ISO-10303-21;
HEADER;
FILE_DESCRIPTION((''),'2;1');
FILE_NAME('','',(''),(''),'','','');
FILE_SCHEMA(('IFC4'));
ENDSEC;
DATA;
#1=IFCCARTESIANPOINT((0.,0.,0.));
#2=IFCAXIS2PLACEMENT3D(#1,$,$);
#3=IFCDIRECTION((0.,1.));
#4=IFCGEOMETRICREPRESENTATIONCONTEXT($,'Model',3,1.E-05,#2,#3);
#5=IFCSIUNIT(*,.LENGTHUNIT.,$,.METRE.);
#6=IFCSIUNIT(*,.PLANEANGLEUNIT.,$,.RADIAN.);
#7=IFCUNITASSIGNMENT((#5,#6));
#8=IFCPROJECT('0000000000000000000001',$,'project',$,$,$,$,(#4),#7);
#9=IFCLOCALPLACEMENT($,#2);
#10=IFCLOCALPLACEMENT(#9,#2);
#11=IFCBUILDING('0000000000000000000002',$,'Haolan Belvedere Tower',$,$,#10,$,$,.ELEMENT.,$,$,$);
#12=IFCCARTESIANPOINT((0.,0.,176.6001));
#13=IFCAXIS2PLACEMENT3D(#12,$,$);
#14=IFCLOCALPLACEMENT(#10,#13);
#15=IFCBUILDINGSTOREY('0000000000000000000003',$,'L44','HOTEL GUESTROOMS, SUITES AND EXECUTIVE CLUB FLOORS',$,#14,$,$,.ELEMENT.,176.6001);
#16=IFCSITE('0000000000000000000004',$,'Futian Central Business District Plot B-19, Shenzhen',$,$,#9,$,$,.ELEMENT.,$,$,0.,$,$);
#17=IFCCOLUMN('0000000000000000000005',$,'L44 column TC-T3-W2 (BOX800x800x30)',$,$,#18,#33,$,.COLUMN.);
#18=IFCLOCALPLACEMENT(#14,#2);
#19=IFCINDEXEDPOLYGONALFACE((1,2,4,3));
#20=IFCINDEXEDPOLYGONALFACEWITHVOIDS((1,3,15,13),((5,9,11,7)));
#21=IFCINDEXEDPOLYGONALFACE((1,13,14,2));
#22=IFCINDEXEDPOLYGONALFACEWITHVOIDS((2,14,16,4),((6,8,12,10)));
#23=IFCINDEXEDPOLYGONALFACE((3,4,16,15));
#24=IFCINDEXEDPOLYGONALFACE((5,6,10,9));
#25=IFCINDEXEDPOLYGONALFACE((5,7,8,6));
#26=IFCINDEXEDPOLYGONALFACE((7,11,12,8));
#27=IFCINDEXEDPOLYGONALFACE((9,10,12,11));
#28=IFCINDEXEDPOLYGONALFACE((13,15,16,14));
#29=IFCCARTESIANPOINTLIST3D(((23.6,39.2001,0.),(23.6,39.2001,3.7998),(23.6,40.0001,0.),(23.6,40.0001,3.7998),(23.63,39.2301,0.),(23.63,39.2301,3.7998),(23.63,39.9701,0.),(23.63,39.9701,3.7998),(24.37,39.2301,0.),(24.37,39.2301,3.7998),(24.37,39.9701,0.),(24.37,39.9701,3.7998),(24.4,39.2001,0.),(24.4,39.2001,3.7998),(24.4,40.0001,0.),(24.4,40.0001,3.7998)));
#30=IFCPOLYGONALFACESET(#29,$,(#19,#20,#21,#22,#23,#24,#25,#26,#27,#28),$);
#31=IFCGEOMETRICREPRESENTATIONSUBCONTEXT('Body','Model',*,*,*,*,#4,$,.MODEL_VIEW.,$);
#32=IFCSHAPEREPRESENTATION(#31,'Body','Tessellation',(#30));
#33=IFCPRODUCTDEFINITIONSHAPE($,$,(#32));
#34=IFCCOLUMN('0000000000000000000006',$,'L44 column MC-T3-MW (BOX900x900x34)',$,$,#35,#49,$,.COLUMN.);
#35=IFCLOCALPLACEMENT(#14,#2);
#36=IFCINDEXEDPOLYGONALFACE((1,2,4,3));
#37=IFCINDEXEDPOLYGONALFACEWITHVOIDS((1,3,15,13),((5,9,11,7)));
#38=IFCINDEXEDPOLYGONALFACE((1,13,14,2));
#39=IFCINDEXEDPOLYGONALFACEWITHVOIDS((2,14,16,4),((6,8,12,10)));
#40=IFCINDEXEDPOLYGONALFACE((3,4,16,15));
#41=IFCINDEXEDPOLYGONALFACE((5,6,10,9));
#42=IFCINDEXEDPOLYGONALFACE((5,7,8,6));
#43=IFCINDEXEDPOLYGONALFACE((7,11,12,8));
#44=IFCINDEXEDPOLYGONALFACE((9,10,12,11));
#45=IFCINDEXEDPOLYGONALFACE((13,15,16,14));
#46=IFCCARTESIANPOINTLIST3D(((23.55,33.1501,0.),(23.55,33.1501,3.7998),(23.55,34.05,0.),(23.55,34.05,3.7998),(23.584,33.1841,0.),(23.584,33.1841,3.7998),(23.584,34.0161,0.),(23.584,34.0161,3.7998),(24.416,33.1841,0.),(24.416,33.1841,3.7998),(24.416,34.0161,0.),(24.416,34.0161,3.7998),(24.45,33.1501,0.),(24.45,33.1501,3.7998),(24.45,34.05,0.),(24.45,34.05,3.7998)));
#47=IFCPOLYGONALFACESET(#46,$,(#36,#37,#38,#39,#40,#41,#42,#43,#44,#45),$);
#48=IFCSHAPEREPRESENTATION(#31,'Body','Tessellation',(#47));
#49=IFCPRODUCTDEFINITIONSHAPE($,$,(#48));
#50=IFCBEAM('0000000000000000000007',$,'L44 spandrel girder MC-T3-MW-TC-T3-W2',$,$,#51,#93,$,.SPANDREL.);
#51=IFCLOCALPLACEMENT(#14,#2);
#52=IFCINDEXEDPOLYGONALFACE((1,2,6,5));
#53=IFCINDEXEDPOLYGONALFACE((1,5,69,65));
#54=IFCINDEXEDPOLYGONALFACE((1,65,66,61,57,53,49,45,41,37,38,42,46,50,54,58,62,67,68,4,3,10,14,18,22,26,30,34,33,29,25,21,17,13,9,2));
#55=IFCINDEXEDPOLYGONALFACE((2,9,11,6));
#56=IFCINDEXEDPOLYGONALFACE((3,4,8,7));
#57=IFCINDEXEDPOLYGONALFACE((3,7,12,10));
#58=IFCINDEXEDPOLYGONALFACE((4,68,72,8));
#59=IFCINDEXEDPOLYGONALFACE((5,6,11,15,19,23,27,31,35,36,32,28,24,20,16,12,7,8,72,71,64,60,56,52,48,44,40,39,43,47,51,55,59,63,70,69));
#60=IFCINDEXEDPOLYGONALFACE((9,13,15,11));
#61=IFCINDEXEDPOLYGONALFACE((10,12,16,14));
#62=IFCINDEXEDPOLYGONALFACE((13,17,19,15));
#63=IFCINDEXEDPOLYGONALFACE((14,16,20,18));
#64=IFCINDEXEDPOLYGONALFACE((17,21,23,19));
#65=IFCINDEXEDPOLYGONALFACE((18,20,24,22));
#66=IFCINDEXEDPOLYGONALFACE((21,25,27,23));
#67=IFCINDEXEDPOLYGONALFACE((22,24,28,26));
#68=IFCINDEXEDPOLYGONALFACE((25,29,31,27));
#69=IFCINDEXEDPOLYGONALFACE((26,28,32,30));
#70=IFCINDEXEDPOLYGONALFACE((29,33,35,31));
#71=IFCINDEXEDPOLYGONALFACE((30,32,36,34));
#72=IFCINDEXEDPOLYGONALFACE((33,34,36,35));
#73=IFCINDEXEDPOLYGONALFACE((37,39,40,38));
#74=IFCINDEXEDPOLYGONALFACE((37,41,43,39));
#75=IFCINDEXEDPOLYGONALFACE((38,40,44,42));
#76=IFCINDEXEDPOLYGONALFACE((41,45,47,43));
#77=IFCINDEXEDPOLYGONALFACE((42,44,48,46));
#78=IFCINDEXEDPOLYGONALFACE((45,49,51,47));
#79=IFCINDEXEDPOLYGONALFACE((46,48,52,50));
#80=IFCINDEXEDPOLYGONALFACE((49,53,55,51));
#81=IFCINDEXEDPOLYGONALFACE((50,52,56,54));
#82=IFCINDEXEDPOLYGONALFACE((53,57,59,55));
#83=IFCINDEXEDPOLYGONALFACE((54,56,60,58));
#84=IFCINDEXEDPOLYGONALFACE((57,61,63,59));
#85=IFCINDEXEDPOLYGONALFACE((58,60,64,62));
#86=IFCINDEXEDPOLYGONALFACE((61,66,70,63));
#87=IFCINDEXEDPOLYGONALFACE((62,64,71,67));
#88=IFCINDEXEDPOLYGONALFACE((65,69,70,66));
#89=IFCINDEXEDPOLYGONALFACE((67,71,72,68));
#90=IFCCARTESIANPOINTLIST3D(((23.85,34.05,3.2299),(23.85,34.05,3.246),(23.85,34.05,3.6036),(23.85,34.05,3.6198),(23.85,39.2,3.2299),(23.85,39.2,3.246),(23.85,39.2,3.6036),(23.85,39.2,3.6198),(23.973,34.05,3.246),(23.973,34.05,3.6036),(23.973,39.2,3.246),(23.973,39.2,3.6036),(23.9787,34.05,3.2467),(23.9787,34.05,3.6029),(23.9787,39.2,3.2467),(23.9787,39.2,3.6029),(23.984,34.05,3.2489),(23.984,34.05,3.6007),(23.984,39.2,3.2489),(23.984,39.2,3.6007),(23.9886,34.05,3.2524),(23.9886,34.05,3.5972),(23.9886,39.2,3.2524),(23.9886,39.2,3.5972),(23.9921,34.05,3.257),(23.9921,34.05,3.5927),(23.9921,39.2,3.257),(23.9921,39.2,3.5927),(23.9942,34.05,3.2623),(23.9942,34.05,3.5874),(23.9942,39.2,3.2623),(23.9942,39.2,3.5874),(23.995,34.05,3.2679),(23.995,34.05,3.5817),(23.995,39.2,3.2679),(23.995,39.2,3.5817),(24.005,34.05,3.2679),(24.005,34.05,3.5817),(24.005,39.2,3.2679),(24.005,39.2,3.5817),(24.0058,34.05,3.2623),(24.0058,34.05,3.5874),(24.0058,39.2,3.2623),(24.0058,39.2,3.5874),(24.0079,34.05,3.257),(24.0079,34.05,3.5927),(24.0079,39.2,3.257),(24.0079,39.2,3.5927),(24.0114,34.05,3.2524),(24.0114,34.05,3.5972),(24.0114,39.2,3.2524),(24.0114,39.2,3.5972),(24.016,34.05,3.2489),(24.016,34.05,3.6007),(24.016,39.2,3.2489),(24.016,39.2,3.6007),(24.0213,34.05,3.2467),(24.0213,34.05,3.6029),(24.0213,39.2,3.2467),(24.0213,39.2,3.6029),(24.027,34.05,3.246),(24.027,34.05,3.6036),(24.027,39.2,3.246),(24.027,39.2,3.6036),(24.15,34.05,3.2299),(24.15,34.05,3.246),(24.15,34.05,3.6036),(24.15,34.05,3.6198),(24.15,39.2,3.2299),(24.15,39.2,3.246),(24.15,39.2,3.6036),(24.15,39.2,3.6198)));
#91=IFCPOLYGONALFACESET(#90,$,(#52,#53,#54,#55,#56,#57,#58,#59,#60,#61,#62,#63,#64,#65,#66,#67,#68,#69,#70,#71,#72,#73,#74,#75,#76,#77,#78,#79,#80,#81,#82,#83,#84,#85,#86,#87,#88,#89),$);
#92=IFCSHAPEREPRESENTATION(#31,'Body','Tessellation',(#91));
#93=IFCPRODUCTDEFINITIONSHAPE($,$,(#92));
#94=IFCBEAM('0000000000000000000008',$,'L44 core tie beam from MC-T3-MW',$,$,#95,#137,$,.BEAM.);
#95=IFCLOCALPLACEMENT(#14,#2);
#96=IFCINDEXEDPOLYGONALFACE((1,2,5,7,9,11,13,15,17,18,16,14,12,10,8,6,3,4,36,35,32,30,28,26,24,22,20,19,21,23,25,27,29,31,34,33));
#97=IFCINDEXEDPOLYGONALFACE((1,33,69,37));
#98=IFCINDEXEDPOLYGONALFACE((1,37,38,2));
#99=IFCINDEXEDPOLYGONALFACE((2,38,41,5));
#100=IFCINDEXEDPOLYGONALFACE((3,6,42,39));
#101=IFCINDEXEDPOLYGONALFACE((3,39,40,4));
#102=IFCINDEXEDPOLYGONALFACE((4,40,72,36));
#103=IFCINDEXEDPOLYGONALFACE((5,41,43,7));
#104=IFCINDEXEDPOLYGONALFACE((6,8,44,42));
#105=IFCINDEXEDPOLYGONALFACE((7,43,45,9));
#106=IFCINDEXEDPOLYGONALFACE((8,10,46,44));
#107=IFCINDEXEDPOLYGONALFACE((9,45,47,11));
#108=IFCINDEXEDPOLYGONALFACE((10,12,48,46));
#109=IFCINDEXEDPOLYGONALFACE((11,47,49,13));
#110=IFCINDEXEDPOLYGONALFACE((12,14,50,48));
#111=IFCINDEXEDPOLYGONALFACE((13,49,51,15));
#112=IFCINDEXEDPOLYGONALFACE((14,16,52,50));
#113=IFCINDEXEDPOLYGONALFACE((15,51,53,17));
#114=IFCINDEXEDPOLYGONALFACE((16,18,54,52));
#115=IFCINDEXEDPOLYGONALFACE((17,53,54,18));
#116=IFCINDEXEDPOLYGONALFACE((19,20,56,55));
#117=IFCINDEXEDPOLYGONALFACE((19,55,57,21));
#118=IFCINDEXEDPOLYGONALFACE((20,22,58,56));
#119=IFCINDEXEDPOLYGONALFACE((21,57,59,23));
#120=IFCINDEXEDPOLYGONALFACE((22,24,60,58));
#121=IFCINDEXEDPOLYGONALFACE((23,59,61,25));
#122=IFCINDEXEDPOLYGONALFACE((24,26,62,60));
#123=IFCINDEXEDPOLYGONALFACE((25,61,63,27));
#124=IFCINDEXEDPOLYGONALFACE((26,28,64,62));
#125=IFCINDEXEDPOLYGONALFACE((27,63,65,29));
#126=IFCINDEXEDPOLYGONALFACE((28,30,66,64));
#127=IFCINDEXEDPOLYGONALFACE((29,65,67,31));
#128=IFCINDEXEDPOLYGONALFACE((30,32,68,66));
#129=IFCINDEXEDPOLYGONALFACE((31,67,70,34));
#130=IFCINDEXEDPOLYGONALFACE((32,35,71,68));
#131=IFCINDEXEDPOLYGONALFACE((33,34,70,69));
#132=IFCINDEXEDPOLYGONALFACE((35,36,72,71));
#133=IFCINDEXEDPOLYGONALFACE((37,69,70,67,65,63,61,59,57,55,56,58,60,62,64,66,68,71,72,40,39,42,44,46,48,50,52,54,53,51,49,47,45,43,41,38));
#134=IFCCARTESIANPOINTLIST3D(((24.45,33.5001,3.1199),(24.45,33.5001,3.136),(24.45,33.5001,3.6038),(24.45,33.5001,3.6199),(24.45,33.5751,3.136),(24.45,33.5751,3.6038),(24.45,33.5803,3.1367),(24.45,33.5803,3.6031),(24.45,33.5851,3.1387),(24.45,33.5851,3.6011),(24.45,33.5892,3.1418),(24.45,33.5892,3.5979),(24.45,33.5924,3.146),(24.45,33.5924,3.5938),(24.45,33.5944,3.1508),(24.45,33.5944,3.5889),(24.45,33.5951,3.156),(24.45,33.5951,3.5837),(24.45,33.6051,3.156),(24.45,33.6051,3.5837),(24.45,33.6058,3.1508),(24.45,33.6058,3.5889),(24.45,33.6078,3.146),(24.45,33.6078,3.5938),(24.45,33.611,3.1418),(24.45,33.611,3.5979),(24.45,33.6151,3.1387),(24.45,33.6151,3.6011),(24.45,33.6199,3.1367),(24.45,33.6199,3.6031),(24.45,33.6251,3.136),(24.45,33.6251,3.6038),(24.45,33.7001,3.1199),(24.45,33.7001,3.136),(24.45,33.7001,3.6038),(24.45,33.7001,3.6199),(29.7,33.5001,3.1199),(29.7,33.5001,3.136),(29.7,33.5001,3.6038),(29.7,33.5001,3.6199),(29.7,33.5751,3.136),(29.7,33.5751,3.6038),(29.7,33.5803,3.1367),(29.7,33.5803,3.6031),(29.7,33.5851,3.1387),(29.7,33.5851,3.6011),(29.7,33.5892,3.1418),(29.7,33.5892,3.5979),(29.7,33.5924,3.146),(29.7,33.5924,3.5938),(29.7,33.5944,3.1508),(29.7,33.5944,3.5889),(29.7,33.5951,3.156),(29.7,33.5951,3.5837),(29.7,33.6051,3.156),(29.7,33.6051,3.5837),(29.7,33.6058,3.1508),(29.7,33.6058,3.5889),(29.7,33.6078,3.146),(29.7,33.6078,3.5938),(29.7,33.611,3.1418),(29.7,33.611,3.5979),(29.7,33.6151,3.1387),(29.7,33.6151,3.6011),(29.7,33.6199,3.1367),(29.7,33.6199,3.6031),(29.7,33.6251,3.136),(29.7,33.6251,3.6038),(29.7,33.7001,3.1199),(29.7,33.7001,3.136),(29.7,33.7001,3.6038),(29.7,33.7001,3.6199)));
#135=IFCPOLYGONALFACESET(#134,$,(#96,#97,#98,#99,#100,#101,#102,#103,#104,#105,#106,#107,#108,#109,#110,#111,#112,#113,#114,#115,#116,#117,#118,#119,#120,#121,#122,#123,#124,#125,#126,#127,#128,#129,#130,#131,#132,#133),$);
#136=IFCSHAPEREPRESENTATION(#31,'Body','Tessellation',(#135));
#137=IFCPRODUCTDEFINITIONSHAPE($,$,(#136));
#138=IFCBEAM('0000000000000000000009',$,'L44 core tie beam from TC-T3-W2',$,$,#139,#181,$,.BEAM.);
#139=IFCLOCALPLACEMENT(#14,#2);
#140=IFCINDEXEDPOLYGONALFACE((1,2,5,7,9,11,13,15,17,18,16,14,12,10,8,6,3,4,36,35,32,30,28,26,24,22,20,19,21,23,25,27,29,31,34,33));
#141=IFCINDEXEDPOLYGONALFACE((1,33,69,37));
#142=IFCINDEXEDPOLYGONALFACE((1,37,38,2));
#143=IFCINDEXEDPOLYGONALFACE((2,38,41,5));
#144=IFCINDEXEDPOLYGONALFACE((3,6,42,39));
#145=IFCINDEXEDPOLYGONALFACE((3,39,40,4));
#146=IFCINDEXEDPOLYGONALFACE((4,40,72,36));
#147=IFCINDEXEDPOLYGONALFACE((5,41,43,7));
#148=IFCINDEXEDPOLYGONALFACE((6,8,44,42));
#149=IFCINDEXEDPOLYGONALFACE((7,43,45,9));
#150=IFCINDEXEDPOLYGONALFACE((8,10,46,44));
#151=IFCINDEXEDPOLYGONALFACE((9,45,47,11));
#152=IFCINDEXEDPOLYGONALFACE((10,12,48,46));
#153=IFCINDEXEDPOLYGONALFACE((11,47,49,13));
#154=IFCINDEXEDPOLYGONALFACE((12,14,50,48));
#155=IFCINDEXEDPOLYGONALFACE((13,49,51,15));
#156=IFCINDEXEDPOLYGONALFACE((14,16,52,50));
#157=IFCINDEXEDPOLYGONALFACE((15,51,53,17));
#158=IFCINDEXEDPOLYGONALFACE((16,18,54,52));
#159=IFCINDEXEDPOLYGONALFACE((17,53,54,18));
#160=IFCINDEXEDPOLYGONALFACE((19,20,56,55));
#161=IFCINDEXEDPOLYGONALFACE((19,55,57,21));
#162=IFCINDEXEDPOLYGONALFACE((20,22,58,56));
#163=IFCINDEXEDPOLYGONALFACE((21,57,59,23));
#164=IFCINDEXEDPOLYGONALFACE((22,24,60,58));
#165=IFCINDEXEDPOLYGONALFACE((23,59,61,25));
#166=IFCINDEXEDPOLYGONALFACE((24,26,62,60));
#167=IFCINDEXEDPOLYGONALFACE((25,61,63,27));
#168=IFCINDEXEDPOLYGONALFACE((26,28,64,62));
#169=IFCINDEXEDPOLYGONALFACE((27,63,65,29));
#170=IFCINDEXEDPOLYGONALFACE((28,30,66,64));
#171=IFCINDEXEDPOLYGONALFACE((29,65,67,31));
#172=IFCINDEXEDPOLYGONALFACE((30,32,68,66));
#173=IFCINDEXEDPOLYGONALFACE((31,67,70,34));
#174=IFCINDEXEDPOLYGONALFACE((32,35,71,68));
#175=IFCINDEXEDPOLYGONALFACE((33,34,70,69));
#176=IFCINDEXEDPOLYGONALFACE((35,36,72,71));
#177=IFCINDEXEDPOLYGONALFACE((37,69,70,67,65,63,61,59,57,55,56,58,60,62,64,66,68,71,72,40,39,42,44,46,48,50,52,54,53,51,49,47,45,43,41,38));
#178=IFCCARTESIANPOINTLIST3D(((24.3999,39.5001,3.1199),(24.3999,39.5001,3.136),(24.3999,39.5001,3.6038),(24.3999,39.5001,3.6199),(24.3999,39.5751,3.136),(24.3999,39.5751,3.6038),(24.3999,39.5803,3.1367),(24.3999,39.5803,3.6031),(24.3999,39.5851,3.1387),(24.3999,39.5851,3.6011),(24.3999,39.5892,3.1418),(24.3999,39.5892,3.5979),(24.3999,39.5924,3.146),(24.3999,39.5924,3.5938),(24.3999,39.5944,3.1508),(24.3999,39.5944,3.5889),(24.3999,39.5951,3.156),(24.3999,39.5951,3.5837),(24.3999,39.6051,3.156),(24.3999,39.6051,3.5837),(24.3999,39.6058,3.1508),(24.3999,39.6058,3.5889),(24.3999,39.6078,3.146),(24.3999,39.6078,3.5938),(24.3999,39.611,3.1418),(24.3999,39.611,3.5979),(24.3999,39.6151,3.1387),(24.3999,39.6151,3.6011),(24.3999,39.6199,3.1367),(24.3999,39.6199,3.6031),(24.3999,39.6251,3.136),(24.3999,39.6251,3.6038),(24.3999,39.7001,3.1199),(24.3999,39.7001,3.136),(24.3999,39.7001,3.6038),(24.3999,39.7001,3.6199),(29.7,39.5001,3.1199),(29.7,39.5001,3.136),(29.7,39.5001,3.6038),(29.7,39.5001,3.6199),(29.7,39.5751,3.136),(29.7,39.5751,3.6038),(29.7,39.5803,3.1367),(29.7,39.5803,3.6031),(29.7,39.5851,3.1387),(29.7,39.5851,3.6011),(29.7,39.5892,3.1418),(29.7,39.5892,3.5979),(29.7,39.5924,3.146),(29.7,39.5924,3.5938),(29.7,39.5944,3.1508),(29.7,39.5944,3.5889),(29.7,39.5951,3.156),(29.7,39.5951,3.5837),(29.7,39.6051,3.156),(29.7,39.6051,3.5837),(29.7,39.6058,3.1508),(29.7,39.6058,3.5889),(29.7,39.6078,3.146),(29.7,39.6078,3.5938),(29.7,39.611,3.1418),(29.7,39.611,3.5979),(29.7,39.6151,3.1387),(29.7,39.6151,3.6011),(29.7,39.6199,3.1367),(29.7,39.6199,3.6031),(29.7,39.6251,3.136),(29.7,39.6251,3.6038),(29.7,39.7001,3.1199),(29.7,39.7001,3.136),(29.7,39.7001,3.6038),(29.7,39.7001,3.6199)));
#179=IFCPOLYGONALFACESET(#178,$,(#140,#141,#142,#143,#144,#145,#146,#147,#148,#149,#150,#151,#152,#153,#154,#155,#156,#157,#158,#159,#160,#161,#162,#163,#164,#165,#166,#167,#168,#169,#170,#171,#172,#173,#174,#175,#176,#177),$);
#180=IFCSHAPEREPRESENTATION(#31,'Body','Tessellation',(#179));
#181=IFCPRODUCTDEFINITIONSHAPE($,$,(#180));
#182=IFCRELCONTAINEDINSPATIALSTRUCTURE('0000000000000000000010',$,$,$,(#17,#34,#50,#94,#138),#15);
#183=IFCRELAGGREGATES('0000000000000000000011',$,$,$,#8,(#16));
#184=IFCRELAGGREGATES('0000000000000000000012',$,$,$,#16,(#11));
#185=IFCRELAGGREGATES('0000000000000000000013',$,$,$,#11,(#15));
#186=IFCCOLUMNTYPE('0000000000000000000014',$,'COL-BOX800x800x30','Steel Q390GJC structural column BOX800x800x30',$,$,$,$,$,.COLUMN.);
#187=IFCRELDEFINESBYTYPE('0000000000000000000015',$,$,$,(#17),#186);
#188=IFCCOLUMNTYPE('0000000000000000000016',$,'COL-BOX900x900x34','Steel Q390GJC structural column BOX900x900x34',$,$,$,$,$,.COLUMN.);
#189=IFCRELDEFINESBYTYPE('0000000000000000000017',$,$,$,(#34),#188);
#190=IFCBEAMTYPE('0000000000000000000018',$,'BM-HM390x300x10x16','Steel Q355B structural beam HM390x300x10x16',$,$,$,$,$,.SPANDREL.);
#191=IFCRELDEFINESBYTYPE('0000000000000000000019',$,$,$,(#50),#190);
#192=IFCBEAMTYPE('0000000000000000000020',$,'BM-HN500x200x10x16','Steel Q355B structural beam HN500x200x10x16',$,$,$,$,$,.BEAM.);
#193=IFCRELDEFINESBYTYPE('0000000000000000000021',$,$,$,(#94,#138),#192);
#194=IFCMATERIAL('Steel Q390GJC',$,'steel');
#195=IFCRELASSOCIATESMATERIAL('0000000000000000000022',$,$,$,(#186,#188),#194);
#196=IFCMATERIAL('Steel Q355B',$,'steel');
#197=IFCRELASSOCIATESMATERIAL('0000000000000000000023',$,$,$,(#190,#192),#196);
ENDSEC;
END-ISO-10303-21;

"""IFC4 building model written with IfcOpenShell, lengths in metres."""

from ifc_helpers import new_model, si_unit, direction, frame, origin, origin_2d, place, context, subcontext, project, spatial, hollow_rectangle, i_section, extrude, material, material_profile, profile_set, type_object, element, save


model = new_model("IFC4")

# Units and contexts
model_context = context("Model", 3, precision=1e-05, world=origin(), true_north=direction((0.0, 1.0)))
body_context = subcontext(model_context, "Body", "Model", "MODEL_VIEW")
ifc_project = project(units=[si_unit("LENGTHUNIT", "METRE"), si_unit("PLANEANGLEUNIT", "RADIAN")], contexts=[model_context])

# Site, building, storey
site_placement = place(None, origin())
site = spatial("IfcSite", under=ifc_project, at=site_placement, Name="Futian Central Business District Plot B-19, Shenzhen", CompositionType="ELEMENT", RefElevation=0.0)
building_placement = place(site_placement, origin())
building = spatial("IfcBuilding", under=site, at=building_placement, Name="Haolan Belvedere Tower", CompositionType="ELEMENT")
storey_placement = place(building_placement, frame((0.0, 0.0, 176.6001)))
storey = spatial("IfcBuildingStorey", under=building, at=storey_placement, Name="L44", Description="HOTEL GUESTROOMS, SUITES AND EXECUTIVE CLUB FLOORS", CompositionType="ELEMENT", Elevation=176.6001)

# Columns
ifc_material_1 = material(Name="Steel Q390GJC", Category="steel")
ifc_material_profile_1 = material_profile(ifc_material_1, hollow_rectangle(XDim=0.8, YDim=0.8, WallThickness=0.03, at=origin_2d()), Name="Steel Q390GJC")
ifc_profile_set_1 = profile_set([ifc_material_profile_1], Name="Steel Q390GJC")
column_type_1 = type_object("IfcColumnType", Name="COL-BOX800x800x30", Description="Steel Q390GJC structural column BOX800x800x30", PredefinedType="COLUMN", material=ifc_profile_set_1)
column_1_placement = place(storey_placement, frame((24.0, 39.6001, 0.0), z_axis=(0.0, 0.0, 1.0), x_axis=(1.0, 0.0, 0.0)))
element("IfcColumn", 1, at=column_1_placement, inside=storey, type_object=column_type_1, Name="L44 column TC-T3-W2 (BOX800x800x30)", PredefinedType="COLUMN", context=body_context, shape_type="SweptSolid", body=[
    extrude(hollow_rectangle(XDim=0.8, YDim=0.8, WallThickness=0.03, at=origin_2d()), origin(), (0.0, 0.0, 1.0), 3.7998),
])
ifc_material_profile_2 = material_profile(ifc_material_1, hollow_rectangle(XDim=0.8999, YDim=0.8999, WallThickness=0.0339, at=origin_2d()), Name="Steel Q390GJC")
ifc_profile_set_2 = profile_set([ifc_material_profile_2], Name="Steel Q390GJC")
column_type_2 = type_object("IfcColumnType", Name="COL-BOX900x900x34", Description="Steel Q390GJC structural column BOX900x900x34", PredefinedType="COLUMN", material=ifc_profile_set_2)
column_2_placement = place(storey_placement, frame((24.0, 33.6001, 0.0), z_axis=(0.0, 0.0, 1.0), x_axis=(1.0, 0.0, 0.0)))
element("IfcColumn", 2, at=column_2_placement, inside=storey, type_object=column_type_2, Name="L44 column MC-T3-MW (BOX900x900x34)", PredefinedType="COLUMN", context=body_context, shape_type="SweptSolid", body=[
    extrude(hollow_rectangle(XDim=0.8999, YDim=0.8999, WallThickness=0.0339, at=origin_2d()), origin(), (0.0, 0.0, 1.0), 3.7998),
])

# Beams
ifc_material_2 = material(Name="Steel Q355B", Category="steel")
ifc_material_profile_3 = material_profile(ifc_material_2, i_section(OverallWidth=0.3, OverallDepth=0.3899, WebThickness=0.01, FlangeThickness=0.0161, FilletRadius=0.022, at=origin_2d()), Name="Steel Q355B")
ifc_profile_set_3 = profile_set([ifc_material_profile_3], Name="Steel Q355B")
beam_type_1 = type_object("IfcBeamType", Name="BM-HM390x300x10x16", Description="Steel Q355B structural beam HM390x300x10x16", PredefinedType="SPANDREL", material=ifc_profile_set_3)
beam_1_placement = place(storey_placement, frame((24.0, 34.05, 3.4248), z_axis=(0.0, 1.0, 0.0), x_axis=(-1.0, 0.0, 0.0)))
element("IfcBeam", 3, at=beam_1_placement, inside=storey, type_object=beam_type_1, Name="L44 spandrel girder MC-T3-MW-TC-T3-W2", PredefinedType="SPANDREL", context=body_context, shape_type="SweptSolid", body=[
    extrude(i_section(OverallWidth=0.3, OverallDepth=0.3899, WebThickness=0.01, FlangeThickness=0.0161, FilletRadius=0.022, at=origin_2d()), origin(), (0.0, 0.0, 1.0), 5.1499),
])
ifc_material_profile_4 = material_profile(ifc_material_2, i_section(OverallWidth=0.2, OverallDepth=0.5, WebThickness=0.01, FlangeThickness=0.0161, FilletRadius=0.02, at=origin_2d()), Name="Steel Q355B")
ifc_profile_set_4 = profile_set([ifc_material_profile_4], Name="Steel Q355B")
beam_type_2 = type_object("IfcBeamType", Name="BM-HN500x200x10x16", Description="Steel Q355B structural beam HN500x200x10x16", PredefinedType="BEAM", material=ifc_profile_set_4)
beam_2_placement = place(storey_placement, frame((24.45, 33.6001, 3.3699), z_axis=(1.0, 0.0, 0.0), x_axis=(0.0, 1.0, 0.0)))
element("IfcBeam", 4, at=beam_2_placement, inside=storey, type_object=beam_type_2, Name="L44 core tie beam from MC-T3-MW", PredefinedType="BEAM", context=body_context, shape_type="SweptSolid", body=[
    extrude(i_section(OverallWidth=0.2, OverallDepth=0.5, WebThickness=0.01, FlangeThickness=0.0161, FilletRadius=0.02, at=origin_2d()), origin(), (0.0, 0.0, 1.0), 5.25),
])
beam_3_placement = place(storey_placement, frame((24.3999, 39.6001, 3.3699), z_axis=(1.0, 0.0, 0.0), x_axis=(0.0, 1.0, 0.0)))
element("IfcBeam", 5, at=beam_3_placement, inside=storey, type_object=beam_type_2, Name="L44 core tie beam from TC-T3-W2", PredefinedType="BEAM", context=body_context, shape_type="SweptSolid", body=[
    extrude(i_section(OverallWidth=0.2, OverallDepth=0.5, WebThickness=0.01, FlangeThickness=0.0161, FilletRadius=0.02, at=origin_2d()), origin(), (0.0, 0.0, 1.0), 5.3),
])

save(model, "model.ifc")
